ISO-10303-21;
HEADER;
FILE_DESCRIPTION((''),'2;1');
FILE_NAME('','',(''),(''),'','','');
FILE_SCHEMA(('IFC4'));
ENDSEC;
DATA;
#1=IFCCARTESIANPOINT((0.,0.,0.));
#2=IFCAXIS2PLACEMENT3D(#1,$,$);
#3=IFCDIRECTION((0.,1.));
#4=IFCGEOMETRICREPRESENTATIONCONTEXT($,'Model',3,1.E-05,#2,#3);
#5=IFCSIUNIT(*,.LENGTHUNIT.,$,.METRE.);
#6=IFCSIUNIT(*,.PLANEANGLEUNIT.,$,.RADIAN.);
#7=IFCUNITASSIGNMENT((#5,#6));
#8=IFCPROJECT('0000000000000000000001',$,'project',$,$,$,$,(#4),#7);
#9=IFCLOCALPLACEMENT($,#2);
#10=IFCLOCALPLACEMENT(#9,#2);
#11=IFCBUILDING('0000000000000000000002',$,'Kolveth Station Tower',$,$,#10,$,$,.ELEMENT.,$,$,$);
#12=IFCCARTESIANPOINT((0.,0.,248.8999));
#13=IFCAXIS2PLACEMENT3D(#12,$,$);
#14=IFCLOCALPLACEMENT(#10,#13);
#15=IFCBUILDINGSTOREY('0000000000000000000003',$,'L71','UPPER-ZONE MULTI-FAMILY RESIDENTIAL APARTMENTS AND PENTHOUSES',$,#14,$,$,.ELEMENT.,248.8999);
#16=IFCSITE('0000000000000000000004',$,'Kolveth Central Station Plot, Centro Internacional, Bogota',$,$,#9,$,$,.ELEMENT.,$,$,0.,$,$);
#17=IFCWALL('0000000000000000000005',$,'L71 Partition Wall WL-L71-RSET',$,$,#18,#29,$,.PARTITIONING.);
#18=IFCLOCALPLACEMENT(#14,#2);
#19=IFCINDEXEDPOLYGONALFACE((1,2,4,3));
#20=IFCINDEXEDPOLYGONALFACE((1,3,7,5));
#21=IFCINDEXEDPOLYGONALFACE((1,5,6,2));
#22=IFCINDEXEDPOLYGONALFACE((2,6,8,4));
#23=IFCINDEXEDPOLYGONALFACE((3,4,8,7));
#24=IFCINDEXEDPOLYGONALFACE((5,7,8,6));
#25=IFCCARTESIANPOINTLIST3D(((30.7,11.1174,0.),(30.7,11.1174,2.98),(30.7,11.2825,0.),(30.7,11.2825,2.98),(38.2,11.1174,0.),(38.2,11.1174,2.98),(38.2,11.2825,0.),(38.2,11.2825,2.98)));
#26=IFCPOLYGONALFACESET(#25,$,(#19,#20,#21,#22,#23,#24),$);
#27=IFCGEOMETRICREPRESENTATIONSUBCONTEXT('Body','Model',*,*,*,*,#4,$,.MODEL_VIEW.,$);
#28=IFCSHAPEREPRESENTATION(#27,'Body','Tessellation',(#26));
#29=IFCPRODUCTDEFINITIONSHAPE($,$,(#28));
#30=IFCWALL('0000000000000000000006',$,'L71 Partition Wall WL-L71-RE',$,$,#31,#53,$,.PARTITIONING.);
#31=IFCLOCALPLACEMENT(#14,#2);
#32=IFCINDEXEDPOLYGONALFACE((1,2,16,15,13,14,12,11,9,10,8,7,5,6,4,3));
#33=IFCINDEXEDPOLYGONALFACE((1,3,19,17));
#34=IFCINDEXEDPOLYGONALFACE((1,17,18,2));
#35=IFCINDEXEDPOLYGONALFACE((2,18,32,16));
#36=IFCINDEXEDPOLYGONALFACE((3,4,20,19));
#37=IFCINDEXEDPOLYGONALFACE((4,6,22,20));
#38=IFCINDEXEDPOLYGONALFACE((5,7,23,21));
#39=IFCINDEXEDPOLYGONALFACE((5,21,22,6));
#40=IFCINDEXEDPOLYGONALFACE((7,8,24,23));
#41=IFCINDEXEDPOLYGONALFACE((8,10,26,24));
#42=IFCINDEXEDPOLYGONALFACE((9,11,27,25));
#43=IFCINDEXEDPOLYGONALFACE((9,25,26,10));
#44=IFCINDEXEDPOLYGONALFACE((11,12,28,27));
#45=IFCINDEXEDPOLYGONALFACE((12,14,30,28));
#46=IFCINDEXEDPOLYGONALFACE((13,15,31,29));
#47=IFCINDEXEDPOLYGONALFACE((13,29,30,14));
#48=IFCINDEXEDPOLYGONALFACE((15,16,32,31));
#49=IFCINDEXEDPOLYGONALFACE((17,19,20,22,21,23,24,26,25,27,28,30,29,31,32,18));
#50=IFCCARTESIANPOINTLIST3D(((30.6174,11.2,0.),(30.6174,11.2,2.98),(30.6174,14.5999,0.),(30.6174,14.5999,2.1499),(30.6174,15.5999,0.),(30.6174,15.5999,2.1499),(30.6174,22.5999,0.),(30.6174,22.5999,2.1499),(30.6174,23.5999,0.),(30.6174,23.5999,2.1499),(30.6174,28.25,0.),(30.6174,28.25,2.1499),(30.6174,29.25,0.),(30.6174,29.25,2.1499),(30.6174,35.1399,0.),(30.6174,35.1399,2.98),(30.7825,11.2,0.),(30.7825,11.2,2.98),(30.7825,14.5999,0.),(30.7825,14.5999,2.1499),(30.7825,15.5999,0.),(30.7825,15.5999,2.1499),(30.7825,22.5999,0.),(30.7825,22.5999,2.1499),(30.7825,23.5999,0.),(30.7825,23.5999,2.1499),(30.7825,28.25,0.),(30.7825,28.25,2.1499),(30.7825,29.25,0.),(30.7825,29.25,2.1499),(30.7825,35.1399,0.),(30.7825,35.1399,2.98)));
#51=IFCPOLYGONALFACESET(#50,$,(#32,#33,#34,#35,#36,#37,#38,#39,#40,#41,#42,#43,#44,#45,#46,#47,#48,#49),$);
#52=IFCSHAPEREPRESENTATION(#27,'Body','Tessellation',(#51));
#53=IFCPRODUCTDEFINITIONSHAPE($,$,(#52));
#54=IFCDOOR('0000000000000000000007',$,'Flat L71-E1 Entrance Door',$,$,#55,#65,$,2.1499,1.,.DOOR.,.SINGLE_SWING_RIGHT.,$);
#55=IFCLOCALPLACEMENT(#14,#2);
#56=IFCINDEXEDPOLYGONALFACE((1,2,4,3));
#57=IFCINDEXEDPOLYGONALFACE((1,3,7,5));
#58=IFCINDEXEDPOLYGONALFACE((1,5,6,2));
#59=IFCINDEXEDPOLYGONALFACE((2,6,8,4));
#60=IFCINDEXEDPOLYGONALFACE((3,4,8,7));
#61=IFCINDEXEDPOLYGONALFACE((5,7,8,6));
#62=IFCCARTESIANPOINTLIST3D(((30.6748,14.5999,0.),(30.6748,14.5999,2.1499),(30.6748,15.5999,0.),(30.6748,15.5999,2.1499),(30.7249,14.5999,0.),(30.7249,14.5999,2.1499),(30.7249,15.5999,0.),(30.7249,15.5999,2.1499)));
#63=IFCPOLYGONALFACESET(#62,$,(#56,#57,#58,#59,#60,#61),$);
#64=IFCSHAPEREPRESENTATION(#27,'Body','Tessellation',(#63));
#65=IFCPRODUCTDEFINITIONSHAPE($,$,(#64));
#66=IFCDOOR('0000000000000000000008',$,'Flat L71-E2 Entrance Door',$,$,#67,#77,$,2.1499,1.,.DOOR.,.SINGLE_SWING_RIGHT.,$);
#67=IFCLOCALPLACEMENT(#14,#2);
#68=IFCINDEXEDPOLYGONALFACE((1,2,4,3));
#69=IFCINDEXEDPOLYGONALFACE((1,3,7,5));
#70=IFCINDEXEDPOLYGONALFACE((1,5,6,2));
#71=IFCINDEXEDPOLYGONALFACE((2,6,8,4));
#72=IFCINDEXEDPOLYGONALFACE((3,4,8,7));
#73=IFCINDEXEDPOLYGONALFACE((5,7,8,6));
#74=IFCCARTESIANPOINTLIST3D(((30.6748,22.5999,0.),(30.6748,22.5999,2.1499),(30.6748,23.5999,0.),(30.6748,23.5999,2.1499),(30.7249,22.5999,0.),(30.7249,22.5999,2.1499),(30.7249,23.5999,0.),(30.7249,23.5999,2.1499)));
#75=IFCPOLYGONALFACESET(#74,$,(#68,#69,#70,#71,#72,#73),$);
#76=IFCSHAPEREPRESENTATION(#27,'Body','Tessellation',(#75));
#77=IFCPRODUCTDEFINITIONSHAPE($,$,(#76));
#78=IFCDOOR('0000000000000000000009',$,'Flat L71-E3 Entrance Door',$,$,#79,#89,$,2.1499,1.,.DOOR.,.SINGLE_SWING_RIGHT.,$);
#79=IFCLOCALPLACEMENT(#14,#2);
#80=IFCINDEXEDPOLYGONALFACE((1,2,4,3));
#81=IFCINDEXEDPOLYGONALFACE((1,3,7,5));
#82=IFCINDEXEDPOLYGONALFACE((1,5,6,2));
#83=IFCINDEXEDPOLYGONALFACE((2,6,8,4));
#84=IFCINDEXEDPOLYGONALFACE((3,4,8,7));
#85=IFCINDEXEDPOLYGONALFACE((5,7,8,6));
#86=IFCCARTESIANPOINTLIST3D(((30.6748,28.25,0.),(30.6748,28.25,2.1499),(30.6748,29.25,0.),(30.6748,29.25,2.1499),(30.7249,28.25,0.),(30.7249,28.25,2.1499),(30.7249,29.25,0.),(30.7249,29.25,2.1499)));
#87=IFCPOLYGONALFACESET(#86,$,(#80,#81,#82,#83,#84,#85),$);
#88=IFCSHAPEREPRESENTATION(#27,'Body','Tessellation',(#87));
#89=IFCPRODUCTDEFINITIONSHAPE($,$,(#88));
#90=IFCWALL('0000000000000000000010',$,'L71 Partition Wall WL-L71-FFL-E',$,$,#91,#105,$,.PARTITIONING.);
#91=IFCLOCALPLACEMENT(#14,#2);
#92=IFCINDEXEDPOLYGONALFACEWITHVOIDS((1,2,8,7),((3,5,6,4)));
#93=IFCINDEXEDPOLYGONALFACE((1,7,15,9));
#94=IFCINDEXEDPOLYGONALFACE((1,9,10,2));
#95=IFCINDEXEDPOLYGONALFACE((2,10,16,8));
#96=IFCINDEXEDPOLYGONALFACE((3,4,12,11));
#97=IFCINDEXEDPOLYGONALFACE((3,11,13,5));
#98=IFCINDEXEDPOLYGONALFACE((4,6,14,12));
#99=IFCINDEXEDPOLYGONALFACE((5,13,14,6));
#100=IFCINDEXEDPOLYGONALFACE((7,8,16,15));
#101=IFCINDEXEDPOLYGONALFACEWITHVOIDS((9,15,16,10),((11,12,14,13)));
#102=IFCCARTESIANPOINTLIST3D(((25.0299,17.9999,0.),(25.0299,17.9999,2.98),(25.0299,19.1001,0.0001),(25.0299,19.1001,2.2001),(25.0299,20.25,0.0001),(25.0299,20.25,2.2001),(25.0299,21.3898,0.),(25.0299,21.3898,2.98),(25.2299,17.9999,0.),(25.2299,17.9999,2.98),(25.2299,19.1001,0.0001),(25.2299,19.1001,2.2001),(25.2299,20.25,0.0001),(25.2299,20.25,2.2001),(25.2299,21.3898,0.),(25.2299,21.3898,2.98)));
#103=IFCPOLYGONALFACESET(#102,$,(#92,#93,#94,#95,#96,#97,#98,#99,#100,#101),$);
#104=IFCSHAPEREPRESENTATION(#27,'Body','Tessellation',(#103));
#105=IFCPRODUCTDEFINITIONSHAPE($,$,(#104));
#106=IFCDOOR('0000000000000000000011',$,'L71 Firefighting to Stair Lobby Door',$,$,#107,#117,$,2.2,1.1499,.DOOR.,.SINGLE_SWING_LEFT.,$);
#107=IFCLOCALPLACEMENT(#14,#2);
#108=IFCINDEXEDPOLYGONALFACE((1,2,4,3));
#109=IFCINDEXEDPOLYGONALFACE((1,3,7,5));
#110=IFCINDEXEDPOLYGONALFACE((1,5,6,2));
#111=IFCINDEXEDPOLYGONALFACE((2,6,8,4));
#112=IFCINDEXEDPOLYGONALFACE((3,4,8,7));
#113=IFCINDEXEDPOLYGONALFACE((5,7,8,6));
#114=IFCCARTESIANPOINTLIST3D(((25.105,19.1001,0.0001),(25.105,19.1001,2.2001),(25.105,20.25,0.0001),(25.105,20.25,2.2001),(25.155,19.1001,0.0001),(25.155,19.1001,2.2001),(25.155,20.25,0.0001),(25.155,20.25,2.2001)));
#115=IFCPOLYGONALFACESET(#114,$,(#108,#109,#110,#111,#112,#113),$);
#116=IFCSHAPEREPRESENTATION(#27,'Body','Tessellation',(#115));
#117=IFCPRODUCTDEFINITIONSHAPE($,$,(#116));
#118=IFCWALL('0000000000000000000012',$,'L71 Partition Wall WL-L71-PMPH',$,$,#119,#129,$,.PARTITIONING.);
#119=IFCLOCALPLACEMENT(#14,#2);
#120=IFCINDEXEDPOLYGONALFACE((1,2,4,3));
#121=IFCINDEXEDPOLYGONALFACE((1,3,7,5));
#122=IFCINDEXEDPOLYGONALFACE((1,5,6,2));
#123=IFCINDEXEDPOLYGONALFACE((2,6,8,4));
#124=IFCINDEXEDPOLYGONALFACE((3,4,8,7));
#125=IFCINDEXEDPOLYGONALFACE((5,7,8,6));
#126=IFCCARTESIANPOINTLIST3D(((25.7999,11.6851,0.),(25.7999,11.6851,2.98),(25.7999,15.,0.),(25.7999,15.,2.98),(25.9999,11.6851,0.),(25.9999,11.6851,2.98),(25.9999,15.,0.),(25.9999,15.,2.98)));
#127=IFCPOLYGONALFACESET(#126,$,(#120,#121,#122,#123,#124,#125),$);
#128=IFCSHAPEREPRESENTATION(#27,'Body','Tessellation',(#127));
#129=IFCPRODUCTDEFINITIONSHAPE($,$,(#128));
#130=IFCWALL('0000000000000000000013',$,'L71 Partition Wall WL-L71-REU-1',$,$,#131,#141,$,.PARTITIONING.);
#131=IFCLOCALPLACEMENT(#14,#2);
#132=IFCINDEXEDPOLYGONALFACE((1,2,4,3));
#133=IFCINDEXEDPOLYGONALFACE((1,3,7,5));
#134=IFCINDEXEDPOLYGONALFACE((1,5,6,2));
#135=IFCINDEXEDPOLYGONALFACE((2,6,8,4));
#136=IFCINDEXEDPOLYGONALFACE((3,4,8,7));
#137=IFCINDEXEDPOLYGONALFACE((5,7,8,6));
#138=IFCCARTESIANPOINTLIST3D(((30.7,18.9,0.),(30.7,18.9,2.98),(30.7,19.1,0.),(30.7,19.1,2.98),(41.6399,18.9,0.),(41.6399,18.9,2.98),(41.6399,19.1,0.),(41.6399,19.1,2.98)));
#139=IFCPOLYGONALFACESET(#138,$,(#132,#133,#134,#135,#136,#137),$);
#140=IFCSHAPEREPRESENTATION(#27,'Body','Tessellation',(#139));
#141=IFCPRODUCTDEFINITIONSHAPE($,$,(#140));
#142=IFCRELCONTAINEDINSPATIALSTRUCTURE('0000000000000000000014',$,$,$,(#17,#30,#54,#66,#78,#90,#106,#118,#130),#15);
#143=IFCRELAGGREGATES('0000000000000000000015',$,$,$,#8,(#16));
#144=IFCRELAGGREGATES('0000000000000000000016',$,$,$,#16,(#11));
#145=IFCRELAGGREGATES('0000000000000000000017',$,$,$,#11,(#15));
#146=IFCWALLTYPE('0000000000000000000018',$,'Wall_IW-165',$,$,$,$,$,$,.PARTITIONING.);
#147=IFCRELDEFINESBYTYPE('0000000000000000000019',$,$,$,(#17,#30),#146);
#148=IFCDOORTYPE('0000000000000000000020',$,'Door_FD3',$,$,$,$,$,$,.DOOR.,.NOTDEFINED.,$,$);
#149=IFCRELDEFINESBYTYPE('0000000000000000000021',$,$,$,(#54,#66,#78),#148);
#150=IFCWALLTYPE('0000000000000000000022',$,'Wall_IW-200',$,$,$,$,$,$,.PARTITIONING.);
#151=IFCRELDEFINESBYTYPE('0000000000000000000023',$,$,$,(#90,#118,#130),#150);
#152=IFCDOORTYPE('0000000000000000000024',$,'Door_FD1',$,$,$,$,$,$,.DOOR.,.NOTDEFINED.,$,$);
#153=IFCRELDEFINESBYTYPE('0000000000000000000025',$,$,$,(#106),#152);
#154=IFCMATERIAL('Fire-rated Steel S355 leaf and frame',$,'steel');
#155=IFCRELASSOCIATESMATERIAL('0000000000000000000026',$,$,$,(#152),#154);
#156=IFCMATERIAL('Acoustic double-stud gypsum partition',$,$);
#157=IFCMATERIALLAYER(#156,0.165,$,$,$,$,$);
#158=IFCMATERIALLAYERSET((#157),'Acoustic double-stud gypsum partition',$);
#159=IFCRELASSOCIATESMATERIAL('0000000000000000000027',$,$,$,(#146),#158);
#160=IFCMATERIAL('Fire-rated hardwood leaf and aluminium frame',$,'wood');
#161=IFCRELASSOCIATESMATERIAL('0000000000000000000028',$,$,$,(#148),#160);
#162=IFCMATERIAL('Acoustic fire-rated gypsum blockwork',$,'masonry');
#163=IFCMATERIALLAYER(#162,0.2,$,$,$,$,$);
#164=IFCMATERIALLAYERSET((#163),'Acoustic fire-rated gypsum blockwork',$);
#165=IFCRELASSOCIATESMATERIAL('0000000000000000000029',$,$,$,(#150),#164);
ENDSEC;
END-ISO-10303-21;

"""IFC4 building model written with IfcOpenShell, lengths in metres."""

from ifc_helpers import new_model, si_unit, direction, frame, frame_2d, origin, place, context, subcontext, project, spatial, rectangle, extrude, material, layer, layer_set, type_object, element, fill, save


model = new_model("IFC4")

# Units and contexts
model_context = context("Model", 3, precision=1e-05, world=origin(), true_north=direction((0.0, 1.0)))
body_context = subcontext(model_context, "Body", "Model", "MODEL_VIEW")
ifc_project = project(units=[si_unit("LENGTHUNIT", "METRE"), si_unit("PLANEANGLEUNIT", "RADIAN")], contexts=[model_context])

# Site, building, storey
site_placement = place(None, origin())
site = spatial("IfcSite", under=ifc_project, at=site_placement, Name="Kolveth Central Station Plot, Centro Internacional, Bogota", CompositionType="ELEMENT", RefElevation=0.0)
building_placement = place(site_placement, origin())
building = spatial("IfcBuilding", under=site, at=building_placement, Name="Kolveth Station Tower", CompositionType="ELEMENT")
storey_placement = place(building_placement, frame((0.0, 0.0, 248.8999)))
storey = spatial("IfcBuildingStorey", under=building, at=storey_placement, Name="L71", Description="UPPER-ZONE MULTI-FAMILY RESIDENTIAL APARTMENTS AND PENTHOUSES", CompositionType="ELEMENT", Elevation=248.8999)

# Shared definitions
ifc_material_1 = material(Name="Fire-rated Steel S355 leaf and frame", Category="steel")
door_type_1 = type_object("IfcDoorType", Name="Door_FD1", OperationType="NOTDEFINED", PredefinedType="DOOR", material=ifc_material_1)

# Shared definitions
ifc_material_2 = material(Name="Acoustic double-stud gypsum partition")
ifc_layer_1 = layer(ifc_material_2, 0.165)
ifc_layer_set_1 = layer_set([ifc_layer_1], Name="Acoustic double-stud gypsum partition")
wall_type_1 = type_object("IfcWallType", Name="Wall_IW-165", PredefinedType="PARTITIONING", material=ifc_layer_set_1)

# Wall
wall_1_placement = place(storey_placement, frame((30.7, 11.2, 0.0), z_axis=(0.0, 0.0, 1.0), x_axis=(1.0, 0.0, 0.0)))
element("IfcWall", 1, at=wall_1_placement, inside=storey, type_object=wall_type_1, Name="L71 Partition Wall WL-L71-RSET", PredefinedType="PARTITIONING", context=body_context, shape_type="SweptSolid", body=[
    extrude(rectangle(XDim=7.5, YDim=0.165, at=frame_2d((3.75, 0.0))), origin(), (0.0, 0.0, 1.0), 2.98),
])

# Wall, openings, doors
wall_2_placement = place(storey_placement, frame((30.7, 11.2, 0.0), z_axis=(0.0, 0.0, 1.0), x_axis=(0.0, 1.0, 0.0)))
wall_2 = element("IfcWall", 2, at=wall_2_placement, inside=storey, type_object=wall_type_1, Name="L71 Partition Wall WL-L71-RE", PredefinedType="PARTITIONING", context=body_context, shape_type="SweptSolid", body=[
    extrude(rectangle(XDim=23.9399, YDim=0.165, at=frame_2d((11.97, 0.0))), origin(), (0.0, 0.0, 1.0), 2.98),
])
opening_1_placement = place(wall_2_placement, frame((3.3999, 0.0, 0.0)))
opening_1 = element("IfcOpeningElement", 3, at=opening_1_placement, cuts=wall_2, PredefinedType="OPENING", context=body_context, shape_type="SweptSolid", body=[
    extrude(rectangle(XDim=1.0, YDim=2.1499, at=frame_2d((0.5, 1.075))), frame((0.0, 0.0925, 0.0), z_axis=(0.0, -1.0, 0.0), x_axis=(1.0, 0.0, 0.0)), (0.0, 0.0, 1.0), 0.1851),
])
opening_2_placement = place(wall_2_placement, frame((11.3999, 0.0, 0.0)))
opening_2 = element("IfcOpeningElement", 4, at=opening_2_placement, cuts=wall_2, PredefinedType="OPENING", context=body_context, shape_type="SweptSolid", body=[
    extrude(rectangle(XDim=1.0, YDim=2.1499, at=frame_2d((0.5, 1.075))), frame((0.0, 0.0925, 0.0), z_axis=(0.0, -1.0, 0.0), x_axis=(1.0, 0.0, 0.0)), (0.0, 0.0, 1.0), 0.1851),
])
opening_3_placement = place(wall_2_placement, frame((17.05, 0.0, 0.0)))
opening_3 = element("IfcOpeningElement", 5, at=opening_3_placement, cuts=wall_2, PredefinedType="OPENING", context=body_context, shape_type="SweptSolid", body=[
    extrude(rectangle(XDim=1.0, YDim=2.1499, at=frame_2d((0.5, 1.075))), frame((0.0, 0.0925, 0.0), z_axis=(0.0, -1.0, 0.0), x_axis=(1.0, 0.0, 0.0)), (0.0, 0.0, 1.0), 0.1851),
])
ifc_material_3 = material(Name="Fire-rated hardwood leaf and aluminium frame", Category="wood")
door_type_2 = type_object("IfcDoorType", Name="Door_FD3", OperationType="NOTDEFINED", PredefinedType="DOOR", material=ifc_material_3)
door_1_placement = place(opening_1_placement, frame((1.0, 0.0, 0.0), z_axis=(0.0, 0.0, 1.0), x_axis=(-1.0, 0.0, 0.0)))
door_1 = element("IfcDoor", 6, at=door_1_placement, inside=storey, type_object=door_type_2, Name="Flat L71-E1 Entrance Door", OperationType="SINGLE_SWING_RIGHT", OverallHeight=2.1499, OverallWidth=1.0, PredefinedType="DOOR", context=body_context, shape_type="SweptSolid", body=[
    extrude(rectangle(XDim=1.0, YDim=2.1499, at=frame_2d((0.5, 1.075))), frame((0.0, 0.0249, 0.0), z_axis=(0.0, -1.0, 0.0), x_axis=(1.0, 0.0, 0.0)), (0.0, 0.0, 1.0), 0.05),
])
fill(opening_1, door_1)
door_2_placement = place(opening_2_placement, frame((1.0, 0.0, 0.0), z_axis=(0.0, 0.0, 1.0), x_axis=(-1.0, 0.0, 0.0)))
door_2 = element("IfcDoor", 7, at=door_2_placement, inside=storey, type_object=door_type_2, Name="Flat L71-E2 Entrance Door", OperationType="SINGLE_SWING_RIGHT", OverallHeight=2.1499, OverallWidth=1.0, PredefinedType="DOOR", context=body_context, shape_type="SweptSolid", body=[
    extrude(rectangle(XDim=1.0, YDim=2.1499, at=frame_2d((0.5, 1.075))), frame((0.0, 0.0249, 0.0), z_axis=(0.0, -1.0, 0.0), x_axis=(1.0, 0.0, 0.0)), (0.0, 0.0, 1.0), 0.05),
])
fill(opening_2, door_2)
door_3_placement = place(opening_3_placement, frame((1.0, 0.0, 0.0), z_axis=(0.0, 0.0, 1.0), x_axis=(-1.0, 0.0, 0.0)))
door_3 = element("IfcDoor", 8, at=door_3_placement, inside=storey, type_object=door_type_2, Name="Flat L71-E3 Entrance Door", OperationType="SINGLE_SWING_RIGHT", OverallHeight=2.1499, OverallWidth=1.0, PredefinedType="DOOR", context=body_context, shape_type="SweptSolid", body=[
    extrude(rectangle(XDim=1.0, YDim=2.1499, at=frame_2d((0.5, 1.075))), frame((0.0, 0.0249, 0.0), z_axis=(0.0, -1.0, 0.0), x_axis=(1.0, 0.0, 0.0)), (0.0, 0.0, 1.0), 0.05),
])
fill(opening_3, door_3)

# Wall, opening, door
ifc_material_4 = material(Name="Acoustic fire-rated gypsum blockwork", Category="masonry")
ifc_layer_2 = layer(ifc_material_4, 0.2)
ifc_layer_set_2 = layer_set([ifc_layer_2], Name="Acoustic fire-rated gypsum blockwork")
wall_type_2 = type_object("IfcWallType", Name="Wall_IW-200", PredefinedType="PARTITIONING", material=ifc_layer_set_2)
wall_3_placement = place(storey_placement, frame((25.1299, 18.0, 0.0), z_axis=(0.0, 0.0, 1.0), x_axis=(0.0, 1.0, 0.0)))
wall_3 = element("IfcWall", 9, at=wall_3_placement, inside=storey, type_object=wall_type_2, Name="L71 Partition Wall WL-L71-FFL-E", PredefinedType="PARTITIONING", context=body_context, shape_type="SweptSolid", body=[
    extrude(rectangle(XDim=3.3899, YDim=0.2, at=frame_2d((1.6948, 0.0))), origin(), (0.0, 0.0, 1.0), 2.98),
])
opening_4_placement = place(wall_3_placement, frame((1.1001, 0.0, 0.0)))
opening_4 = element("IfcOpeningElement", 10, at=opening_4_placement, cuts=wall_3, PredefinedType="OPENING", context=body_context, shape_type="SweptSolid", body=[
    extrude(rectangle(XDim=1.1499, YDim=2.2, at=frame_2d((0.575, 1.1001))), frame((0.0, 0.1099, 0.0), z_axis=(0.0, -1.0, 0.0), x_axis=(1.0, 0.0, 0.0)), (0.0, 0.0, 1.0), 0.22),
])
door_4_placement = place(opening_4_placement, origin())
door_4 = element("IfcDoor", 11, at=door_4_placement, inside=storey, type_object=door_type_1, Name="L71 Firefighting to Stair Lobby Door", OperationType="SINGLE_SWING_LEFT", OverallHeight=2.2, OverallWidth=1.1499, PredefinedType="DOOR", context=body_context, shape_type="SweptSolid", body=[
    extrude(rectangle(XDim=1.1499, YDim=2.2, at=frame_2d((0.575, 1.1001))), frame((0.0, 0.0249, 0.0), z_axis=(0.0, -1.0, 0.0), x_axis=(1.0, 0.0, 0.0)), (0.0, 0.0, 1.0), 0.05),
])
fill(opening_4, door_4)

# Walls
wall_4_placement = place(storey_placement, frame((25.8999, 11.6851, 0.0), z_axis=(0.0, 0.0, 1.0), x_axis=(0.0, 1.0, 0.0)))
element("IfcWall", 12, at=wall_4_placement, inside=storey, type_object=wall_type_2, Name="L71 Partition Wall WL-L71-PMPH", PredefinedType="PARTITIONING", context=body_context, shape_type="SweptSolid", body=[
    extrude(rectangle(XDim=3.3149, YDim=0.2, at=frame_2d((1.6575, 0.0))), origin(), (0.0, 0.0, 1.0), 2.98),
])
wall_5_placement = place(storey_placement, frame((30.7, 19.0, 0.0), z_axis=(0.0, 0.0, 1.0), x_axis=(1.0, 0.0, 0.0)))
element("IfcWall", 13, at=wall_5_placement, inside=storey, type_object=wall_type_2, Name="L71 Partition Wall WL-L71-REU-1", PredefinedType="PARTITIONING", context=body_context, shape_type="SweptSolid", body=[
    extrude(rectangle(XDim=10.9399, YDim=0.2, at=frame_2d((5.47, 0.0))), origin(), (0.0, 0.0, 1.0), 2.98),
])

save(model, "model.ifc")
